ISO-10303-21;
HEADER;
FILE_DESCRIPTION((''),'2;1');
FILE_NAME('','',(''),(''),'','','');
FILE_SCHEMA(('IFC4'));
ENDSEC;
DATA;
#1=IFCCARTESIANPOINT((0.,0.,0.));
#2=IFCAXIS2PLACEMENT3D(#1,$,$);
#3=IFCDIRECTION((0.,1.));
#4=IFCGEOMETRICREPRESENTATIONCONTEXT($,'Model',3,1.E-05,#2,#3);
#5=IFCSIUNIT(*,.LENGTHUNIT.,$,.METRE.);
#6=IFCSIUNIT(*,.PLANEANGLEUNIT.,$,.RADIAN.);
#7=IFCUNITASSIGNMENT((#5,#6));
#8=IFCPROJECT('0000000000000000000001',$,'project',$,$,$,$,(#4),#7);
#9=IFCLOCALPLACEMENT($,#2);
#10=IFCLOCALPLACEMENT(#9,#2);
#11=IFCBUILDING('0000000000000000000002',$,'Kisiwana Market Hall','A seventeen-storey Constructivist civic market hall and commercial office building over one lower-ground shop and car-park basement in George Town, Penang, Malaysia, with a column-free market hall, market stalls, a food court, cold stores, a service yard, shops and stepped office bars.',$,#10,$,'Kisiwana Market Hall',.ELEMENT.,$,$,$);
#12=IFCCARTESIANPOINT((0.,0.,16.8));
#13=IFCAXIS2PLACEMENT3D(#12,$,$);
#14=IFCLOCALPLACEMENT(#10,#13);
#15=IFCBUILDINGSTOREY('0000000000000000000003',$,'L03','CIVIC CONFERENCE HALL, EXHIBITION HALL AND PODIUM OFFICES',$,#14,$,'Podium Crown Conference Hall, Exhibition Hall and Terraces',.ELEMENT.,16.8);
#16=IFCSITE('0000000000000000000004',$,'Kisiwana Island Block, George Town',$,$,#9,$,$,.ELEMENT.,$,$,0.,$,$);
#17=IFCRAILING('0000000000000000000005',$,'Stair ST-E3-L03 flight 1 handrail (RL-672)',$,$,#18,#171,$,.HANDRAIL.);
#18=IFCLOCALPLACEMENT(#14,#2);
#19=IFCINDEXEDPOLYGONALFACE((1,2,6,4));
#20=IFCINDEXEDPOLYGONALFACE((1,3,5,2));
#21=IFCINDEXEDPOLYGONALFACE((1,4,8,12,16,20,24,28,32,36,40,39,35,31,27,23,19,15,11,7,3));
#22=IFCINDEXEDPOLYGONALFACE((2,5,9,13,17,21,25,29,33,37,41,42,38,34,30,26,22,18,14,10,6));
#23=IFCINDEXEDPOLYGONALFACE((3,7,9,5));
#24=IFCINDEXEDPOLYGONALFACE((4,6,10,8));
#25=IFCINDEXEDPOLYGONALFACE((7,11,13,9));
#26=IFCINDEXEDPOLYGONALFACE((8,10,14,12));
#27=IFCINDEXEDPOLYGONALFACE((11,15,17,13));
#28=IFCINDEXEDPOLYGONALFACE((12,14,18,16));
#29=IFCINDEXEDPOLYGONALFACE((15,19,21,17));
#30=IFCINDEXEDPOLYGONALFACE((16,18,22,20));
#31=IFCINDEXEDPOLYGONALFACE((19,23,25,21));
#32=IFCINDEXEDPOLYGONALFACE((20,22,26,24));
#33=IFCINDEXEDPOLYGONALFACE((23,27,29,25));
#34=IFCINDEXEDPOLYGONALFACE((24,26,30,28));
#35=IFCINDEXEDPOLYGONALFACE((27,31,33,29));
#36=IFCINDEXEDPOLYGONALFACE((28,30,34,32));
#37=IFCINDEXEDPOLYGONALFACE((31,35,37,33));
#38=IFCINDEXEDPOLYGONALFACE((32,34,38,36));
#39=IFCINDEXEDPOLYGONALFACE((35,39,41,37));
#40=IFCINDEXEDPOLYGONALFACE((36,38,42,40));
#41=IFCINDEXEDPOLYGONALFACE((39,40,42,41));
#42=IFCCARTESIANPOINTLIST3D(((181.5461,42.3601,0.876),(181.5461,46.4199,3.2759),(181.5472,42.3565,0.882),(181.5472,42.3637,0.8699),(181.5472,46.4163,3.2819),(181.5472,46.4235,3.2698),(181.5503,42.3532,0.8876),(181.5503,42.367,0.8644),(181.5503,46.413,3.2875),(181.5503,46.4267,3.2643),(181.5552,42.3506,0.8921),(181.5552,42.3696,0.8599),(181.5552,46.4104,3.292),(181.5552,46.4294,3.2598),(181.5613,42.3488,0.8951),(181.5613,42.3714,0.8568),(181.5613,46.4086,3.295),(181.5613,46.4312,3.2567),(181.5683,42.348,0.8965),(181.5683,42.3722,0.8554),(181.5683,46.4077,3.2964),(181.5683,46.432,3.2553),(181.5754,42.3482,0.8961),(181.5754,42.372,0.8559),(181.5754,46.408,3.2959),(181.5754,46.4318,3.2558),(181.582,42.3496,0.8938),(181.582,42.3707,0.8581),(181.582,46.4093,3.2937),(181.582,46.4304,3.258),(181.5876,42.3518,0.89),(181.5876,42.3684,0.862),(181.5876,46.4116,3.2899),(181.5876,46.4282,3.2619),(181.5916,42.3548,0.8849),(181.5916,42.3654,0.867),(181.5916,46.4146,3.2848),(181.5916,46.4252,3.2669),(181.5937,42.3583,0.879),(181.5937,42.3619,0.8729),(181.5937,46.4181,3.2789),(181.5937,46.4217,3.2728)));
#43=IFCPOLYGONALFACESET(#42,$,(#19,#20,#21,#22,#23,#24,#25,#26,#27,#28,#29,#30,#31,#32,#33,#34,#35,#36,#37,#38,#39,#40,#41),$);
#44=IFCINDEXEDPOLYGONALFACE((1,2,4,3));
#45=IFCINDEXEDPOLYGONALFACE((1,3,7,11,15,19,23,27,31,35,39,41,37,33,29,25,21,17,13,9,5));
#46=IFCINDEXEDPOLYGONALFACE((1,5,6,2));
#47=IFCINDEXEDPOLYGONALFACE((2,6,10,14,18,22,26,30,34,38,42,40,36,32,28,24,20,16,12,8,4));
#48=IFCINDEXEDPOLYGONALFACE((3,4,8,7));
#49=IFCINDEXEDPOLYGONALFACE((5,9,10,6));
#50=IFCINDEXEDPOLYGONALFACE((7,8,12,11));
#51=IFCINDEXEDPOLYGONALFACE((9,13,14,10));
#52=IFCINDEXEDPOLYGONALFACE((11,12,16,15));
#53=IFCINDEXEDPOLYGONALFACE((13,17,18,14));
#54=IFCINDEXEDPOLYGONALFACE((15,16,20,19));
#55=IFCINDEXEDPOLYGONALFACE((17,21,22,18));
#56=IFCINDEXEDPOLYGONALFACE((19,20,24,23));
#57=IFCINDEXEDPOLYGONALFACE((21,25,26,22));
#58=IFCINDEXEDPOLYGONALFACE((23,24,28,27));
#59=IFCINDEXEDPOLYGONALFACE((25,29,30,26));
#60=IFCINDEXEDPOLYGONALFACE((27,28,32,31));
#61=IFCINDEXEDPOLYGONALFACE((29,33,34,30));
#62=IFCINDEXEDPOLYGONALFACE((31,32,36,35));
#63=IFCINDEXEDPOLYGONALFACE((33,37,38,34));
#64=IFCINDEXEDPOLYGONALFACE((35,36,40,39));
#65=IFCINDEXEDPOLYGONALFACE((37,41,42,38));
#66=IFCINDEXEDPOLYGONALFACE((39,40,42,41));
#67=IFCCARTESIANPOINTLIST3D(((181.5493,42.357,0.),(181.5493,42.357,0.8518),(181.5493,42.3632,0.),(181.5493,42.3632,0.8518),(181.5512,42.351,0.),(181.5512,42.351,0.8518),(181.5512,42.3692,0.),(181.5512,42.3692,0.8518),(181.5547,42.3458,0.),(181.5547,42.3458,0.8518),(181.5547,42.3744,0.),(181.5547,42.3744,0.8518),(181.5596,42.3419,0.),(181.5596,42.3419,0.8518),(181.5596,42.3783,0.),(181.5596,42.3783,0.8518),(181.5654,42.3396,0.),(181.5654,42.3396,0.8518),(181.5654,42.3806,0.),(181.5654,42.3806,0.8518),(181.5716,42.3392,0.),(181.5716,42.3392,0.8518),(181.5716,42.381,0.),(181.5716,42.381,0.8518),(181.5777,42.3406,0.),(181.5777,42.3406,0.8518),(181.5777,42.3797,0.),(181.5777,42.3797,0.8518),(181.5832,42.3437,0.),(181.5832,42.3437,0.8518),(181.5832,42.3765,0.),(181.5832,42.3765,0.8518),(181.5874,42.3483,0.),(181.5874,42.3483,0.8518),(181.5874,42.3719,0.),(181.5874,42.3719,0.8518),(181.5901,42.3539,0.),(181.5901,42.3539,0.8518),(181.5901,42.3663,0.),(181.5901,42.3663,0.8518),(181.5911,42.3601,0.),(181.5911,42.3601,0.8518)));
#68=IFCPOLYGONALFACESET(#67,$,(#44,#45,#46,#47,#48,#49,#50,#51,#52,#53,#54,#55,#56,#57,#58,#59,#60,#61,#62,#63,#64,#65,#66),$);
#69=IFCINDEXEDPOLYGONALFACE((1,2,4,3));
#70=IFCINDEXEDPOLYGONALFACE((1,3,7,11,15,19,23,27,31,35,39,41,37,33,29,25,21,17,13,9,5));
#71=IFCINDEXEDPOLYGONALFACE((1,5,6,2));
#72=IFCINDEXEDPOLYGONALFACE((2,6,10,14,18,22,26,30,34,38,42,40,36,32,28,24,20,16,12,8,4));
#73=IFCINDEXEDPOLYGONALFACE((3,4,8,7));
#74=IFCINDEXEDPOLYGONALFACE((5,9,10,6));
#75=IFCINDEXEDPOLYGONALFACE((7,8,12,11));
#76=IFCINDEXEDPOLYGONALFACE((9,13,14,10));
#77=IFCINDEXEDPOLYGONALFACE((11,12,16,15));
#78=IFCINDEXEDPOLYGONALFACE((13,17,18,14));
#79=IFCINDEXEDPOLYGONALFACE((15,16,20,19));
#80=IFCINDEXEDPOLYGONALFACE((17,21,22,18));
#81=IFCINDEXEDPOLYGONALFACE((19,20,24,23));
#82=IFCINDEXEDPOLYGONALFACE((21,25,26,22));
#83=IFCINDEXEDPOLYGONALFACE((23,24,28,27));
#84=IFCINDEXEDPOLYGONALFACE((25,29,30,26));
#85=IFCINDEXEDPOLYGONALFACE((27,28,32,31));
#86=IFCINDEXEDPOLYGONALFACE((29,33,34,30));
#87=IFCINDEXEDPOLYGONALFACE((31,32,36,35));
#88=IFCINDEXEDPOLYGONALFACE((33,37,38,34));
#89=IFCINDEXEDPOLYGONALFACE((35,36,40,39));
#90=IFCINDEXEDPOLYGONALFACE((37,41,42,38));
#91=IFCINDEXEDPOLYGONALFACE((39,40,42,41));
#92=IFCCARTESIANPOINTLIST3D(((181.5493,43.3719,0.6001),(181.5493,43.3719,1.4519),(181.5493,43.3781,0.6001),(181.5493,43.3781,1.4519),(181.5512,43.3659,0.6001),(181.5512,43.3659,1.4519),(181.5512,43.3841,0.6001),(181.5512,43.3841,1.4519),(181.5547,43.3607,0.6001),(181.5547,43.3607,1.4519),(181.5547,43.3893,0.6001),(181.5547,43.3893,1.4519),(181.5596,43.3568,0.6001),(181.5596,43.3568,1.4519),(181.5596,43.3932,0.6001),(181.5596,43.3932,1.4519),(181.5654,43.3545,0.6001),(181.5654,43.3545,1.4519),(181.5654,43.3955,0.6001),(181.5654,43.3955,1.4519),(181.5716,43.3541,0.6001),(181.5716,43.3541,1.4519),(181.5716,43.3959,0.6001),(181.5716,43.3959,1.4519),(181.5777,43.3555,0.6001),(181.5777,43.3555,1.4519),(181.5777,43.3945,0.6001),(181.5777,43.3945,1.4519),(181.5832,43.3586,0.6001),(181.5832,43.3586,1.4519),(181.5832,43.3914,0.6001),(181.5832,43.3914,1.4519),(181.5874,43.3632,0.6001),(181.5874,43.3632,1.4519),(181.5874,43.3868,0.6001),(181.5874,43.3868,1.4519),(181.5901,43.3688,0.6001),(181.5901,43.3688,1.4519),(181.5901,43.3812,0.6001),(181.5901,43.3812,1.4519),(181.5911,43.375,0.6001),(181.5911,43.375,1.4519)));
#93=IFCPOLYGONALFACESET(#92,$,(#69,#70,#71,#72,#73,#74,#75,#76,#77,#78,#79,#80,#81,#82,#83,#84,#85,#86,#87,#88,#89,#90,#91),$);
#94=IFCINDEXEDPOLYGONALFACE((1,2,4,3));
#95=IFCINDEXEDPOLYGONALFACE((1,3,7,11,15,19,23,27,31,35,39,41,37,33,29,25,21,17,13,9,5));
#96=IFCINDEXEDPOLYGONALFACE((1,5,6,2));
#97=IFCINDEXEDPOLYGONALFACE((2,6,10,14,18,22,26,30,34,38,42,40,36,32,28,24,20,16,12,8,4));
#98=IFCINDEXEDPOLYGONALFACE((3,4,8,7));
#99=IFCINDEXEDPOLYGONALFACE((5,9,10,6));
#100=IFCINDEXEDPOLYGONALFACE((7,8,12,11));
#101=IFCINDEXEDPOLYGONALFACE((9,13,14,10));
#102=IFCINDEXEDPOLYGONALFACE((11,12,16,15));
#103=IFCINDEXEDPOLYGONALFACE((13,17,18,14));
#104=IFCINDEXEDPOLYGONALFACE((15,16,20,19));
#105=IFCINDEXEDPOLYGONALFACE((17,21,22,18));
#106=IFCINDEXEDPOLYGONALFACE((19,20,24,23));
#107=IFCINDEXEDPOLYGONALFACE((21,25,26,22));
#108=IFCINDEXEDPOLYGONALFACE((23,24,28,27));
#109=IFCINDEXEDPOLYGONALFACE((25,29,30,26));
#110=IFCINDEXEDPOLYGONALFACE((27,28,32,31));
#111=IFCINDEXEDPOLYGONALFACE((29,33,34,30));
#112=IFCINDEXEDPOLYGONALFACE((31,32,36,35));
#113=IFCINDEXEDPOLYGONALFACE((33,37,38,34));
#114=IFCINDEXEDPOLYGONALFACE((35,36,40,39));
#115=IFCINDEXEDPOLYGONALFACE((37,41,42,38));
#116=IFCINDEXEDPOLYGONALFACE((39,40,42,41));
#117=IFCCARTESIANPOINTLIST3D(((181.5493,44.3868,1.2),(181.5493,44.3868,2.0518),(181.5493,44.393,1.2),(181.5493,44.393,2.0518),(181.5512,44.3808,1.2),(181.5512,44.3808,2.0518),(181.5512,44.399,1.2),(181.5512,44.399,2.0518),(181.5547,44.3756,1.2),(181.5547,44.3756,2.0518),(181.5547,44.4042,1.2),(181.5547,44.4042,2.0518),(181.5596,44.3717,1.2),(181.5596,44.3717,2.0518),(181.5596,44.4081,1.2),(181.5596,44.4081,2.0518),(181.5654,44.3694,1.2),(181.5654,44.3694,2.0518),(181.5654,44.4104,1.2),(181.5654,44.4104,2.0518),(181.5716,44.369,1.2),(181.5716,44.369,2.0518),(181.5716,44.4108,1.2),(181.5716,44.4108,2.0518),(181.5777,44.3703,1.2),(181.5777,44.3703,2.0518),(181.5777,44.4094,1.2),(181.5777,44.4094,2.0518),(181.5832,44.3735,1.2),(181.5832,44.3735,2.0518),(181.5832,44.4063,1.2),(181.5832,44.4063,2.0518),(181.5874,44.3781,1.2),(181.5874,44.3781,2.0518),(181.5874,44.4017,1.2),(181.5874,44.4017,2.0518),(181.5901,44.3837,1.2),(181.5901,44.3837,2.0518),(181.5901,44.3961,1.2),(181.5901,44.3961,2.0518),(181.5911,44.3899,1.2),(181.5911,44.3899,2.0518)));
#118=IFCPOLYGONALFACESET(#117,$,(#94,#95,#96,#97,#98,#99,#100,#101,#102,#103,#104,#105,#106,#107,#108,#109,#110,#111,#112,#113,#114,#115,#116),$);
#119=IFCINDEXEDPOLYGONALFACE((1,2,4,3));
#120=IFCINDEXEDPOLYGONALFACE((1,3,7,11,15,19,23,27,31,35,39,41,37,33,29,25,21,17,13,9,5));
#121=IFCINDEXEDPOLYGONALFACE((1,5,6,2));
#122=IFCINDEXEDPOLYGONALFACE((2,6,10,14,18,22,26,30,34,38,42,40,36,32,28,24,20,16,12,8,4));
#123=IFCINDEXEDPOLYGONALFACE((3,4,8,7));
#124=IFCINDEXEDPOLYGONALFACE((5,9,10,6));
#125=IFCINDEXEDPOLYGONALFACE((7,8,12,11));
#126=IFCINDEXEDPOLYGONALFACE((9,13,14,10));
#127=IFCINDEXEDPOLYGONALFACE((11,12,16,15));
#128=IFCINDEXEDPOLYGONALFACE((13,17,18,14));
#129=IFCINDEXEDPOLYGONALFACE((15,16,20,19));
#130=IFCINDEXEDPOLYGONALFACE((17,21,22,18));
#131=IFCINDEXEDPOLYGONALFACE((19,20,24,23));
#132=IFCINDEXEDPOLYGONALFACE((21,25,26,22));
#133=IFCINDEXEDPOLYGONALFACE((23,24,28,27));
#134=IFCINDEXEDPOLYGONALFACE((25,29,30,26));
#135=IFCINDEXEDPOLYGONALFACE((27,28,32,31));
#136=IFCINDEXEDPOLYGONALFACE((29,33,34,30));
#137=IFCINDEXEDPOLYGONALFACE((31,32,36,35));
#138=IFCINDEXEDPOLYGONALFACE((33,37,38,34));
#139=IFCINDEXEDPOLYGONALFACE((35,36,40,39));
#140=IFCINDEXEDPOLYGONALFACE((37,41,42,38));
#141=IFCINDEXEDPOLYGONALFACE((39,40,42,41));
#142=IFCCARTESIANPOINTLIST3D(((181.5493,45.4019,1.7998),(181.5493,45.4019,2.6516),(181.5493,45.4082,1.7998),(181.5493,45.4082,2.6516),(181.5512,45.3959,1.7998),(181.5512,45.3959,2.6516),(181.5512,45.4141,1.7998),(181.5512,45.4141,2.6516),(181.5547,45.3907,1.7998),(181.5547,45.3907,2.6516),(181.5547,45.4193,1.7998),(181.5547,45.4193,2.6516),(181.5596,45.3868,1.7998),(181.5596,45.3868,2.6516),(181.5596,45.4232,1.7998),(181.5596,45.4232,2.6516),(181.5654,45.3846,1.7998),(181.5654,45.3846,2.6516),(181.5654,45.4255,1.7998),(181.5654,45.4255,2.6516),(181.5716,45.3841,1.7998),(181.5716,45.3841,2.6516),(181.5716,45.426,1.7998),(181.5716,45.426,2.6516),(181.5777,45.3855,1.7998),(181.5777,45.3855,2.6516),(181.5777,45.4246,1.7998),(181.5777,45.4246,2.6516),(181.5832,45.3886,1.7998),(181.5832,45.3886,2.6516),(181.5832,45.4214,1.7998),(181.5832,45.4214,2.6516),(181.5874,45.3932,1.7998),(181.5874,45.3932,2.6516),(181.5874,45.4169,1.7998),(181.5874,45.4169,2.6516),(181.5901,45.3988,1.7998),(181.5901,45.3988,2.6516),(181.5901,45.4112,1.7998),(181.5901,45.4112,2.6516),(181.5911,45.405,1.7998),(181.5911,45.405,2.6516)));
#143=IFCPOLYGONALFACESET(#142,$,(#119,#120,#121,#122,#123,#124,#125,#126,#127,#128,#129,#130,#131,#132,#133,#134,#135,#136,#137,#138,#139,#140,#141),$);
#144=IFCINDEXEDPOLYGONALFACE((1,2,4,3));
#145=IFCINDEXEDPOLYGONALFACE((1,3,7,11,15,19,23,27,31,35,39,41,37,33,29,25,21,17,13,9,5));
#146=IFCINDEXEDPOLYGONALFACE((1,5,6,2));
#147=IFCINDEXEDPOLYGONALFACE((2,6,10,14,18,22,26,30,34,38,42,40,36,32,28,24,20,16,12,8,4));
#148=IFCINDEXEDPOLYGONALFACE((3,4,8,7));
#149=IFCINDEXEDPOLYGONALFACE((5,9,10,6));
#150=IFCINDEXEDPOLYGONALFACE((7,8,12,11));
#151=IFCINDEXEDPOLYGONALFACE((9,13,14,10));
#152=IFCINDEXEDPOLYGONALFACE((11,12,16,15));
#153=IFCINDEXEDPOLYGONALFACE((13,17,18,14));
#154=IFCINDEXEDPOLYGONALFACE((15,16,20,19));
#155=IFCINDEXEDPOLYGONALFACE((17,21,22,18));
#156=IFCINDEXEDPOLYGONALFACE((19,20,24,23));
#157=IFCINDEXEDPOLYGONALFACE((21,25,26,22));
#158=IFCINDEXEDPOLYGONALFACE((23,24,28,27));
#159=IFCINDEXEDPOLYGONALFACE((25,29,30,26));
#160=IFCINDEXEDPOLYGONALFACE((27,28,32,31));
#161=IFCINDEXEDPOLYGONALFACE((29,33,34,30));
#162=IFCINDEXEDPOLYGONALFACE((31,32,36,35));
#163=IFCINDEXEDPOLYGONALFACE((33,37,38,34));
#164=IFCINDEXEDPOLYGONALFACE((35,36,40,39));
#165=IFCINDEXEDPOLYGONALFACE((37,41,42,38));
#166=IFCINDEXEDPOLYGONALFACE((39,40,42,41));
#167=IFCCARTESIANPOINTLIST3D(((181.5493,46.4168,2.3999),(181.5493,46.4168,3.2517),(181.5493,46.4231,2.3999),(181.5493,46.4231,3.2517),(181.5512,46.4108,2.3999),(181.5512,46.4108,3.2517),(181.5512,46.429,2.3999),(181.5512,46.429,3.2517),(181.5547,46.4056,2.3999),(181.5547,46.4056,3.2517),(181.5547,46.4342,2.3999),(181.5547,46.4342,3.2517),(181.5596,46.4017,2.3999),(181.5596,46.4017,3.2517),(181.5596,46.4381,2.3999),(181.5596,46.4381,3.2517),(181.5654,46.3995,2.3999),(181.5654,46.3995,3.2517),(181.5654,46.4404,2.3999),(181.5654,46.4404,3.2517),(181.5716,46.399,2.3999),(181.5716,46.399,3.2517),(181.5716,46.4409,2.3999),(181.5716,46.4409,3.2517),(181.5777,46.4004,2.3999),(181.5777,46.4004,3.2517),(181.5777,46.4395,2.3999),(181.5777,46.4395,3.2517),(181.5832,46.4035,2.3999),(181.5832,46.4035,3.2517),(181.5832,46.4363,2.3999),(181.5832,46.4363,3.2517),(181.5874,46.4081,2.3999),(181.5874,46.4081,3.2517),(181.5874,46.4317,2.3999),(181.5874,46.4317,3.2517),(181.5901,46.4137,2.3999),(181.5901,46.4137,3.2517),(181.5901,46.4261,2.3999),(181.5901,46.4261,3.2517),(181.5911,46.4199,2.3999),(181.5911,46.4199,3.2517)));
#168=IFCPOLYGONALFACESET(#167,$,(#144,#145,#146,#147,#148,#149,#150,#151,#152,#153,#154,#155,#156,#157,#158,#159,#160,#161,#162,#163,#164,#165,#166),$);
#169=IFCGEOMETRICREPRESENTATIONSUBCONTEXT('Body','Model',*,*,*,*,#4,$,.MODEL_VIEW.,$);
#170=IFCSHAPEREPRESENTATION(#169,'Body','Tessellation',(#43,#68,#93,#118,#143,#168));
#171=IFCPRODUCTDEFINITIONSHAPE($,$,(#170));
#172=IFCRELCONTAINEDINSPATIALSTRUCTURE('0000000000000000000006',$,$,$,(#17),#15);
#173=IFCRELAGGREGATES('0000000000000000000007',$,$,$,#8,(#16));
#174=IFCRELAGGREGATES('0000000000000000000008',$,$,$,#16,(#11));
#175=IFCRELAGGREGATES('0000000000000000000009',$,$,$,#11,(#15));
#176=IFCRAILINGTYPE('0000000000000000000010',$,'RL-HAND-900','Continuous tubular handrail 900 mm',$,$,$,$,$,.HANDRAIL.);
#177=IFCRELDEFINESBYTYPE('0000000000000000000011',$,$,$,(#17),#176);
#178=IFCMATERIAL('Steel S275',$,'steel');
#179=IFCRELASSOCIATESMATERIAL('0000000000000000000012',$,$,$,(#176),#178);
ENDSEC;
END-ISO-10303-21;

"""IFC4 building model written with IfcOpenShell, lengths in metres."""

from ifc_helpers import new_model, si_unit, direction, frame, origin, origin_2d, place, context, subcontext, project, spatial, circle, extrude, material, type_object, element, save


model = new_model("IFC4")

# Units and contexts
model_context = context("Model", 3, precision=1e-05, world=origin(), true_north=direction((0.0, 1.0)))
body_context = subcontext(model_context, "Body", "Model", "MODEL_VIEW")
ifc_project = project(units=[si_unit("LENGTHUNIT", "METRE"), si_unit("PLANEANGLEUNIT", "RADIAN")], contexts=[model_context])

# Site, building, storey
site_placement = place(None, origin())
site = spatial("IfcSite", under=ifc_project, at=site_placement, Name="Kisiwana Island Block, George Town", CompositionType="ELEMENT", RefElevation=0.0)
building_placement = place(site_placement, origin())
building = spatial("IfcBuilding", under=site, at=building_placement, Name="Kisiwana Market Hall", Description="A seventeen-storey Constructivist civic market hall and commercial office building over one lower-ground shop and car-park basement in George Town, Penang, Malaysia, with a column-free market hall, market stalls, a food court, cold stores, a service yard, shops and stepped office bars.", LongName="Kisiwana Market Hall", CompositionType="ELEMENT")
storey_placement = place(building_placement, frame((0.0, 0.0, 16.8)))
storey = spatial("IfcBuildingStorey", under=building, at=storey_placement, Name="L03", Description="CIVIC CONFERENCE HALL, EXHIBITION HALL AND PODIUM OFFICES", LongName="Podium Crown Conference Hall, Exhibition Hall and Terraces", CompositionType="ELEMENT", Elevation=16.8)

# Railing
ifc_material_1 = material(Name="Steel S275", Category="steel")
railing_type_1 = type_object("IfcRailingType", Name="RL-HAND-900", Description="Continuous tubular handrail 900 mm", PredefinedType="HANDRAIL", material=ifc_material_1)
railing_1_placement = place(storey_placement, frame((181.5701, 42.3601, 0.0)))
element("IfcRailing", 1, at=railing_1_placement, inside=storey, type_object=railing_type_1, Name="Stair ST-E3-L03 flight 1 handrail (RL-672)", PredefinedType="HANDRAIL", context=body_context, shape_type="SweptSolid", body=[
    extrude(circle(Radius=0.0239, at=origin_2d()), frame((0.0, 0.0, 0.876), z_axis=(0.0, 0.860841, 0.508874), x_axis=(-1.0, 0.0, 0.0)), (0.0, 0.0, 1.0), 4.7161),
    extrude(circle(Radius=0.021, at=origin_2d()), origin(), (0.0, 0.0, 1.0), 0.8518),
    extrude(circle(Radius=0.021, at=origin_2d()), frame((0.0, 1.0149, 0.6001)), (0.0, 0.0, 1.0), 0.8518),
    extrude(circle(Radius=0.021, at=origin_2d()), frame((0.0, 2.0298, 1.2)), (0.0, 0.0, 1.0), 0.8518),
    extrude(circle(Radius=0.021, at=origin_2d()), frame((0.0, 3.0449, 1.7998)), (0.0, 0.0, 1.0), 0.8518),
    extrude(circle(Radius=0.021, at=origin_2d()), frame((0.0, 4.0598, 2.3999)), (0.0, 0.0, 1.0), 0.8518),
])

save(model, "model.ifc")
